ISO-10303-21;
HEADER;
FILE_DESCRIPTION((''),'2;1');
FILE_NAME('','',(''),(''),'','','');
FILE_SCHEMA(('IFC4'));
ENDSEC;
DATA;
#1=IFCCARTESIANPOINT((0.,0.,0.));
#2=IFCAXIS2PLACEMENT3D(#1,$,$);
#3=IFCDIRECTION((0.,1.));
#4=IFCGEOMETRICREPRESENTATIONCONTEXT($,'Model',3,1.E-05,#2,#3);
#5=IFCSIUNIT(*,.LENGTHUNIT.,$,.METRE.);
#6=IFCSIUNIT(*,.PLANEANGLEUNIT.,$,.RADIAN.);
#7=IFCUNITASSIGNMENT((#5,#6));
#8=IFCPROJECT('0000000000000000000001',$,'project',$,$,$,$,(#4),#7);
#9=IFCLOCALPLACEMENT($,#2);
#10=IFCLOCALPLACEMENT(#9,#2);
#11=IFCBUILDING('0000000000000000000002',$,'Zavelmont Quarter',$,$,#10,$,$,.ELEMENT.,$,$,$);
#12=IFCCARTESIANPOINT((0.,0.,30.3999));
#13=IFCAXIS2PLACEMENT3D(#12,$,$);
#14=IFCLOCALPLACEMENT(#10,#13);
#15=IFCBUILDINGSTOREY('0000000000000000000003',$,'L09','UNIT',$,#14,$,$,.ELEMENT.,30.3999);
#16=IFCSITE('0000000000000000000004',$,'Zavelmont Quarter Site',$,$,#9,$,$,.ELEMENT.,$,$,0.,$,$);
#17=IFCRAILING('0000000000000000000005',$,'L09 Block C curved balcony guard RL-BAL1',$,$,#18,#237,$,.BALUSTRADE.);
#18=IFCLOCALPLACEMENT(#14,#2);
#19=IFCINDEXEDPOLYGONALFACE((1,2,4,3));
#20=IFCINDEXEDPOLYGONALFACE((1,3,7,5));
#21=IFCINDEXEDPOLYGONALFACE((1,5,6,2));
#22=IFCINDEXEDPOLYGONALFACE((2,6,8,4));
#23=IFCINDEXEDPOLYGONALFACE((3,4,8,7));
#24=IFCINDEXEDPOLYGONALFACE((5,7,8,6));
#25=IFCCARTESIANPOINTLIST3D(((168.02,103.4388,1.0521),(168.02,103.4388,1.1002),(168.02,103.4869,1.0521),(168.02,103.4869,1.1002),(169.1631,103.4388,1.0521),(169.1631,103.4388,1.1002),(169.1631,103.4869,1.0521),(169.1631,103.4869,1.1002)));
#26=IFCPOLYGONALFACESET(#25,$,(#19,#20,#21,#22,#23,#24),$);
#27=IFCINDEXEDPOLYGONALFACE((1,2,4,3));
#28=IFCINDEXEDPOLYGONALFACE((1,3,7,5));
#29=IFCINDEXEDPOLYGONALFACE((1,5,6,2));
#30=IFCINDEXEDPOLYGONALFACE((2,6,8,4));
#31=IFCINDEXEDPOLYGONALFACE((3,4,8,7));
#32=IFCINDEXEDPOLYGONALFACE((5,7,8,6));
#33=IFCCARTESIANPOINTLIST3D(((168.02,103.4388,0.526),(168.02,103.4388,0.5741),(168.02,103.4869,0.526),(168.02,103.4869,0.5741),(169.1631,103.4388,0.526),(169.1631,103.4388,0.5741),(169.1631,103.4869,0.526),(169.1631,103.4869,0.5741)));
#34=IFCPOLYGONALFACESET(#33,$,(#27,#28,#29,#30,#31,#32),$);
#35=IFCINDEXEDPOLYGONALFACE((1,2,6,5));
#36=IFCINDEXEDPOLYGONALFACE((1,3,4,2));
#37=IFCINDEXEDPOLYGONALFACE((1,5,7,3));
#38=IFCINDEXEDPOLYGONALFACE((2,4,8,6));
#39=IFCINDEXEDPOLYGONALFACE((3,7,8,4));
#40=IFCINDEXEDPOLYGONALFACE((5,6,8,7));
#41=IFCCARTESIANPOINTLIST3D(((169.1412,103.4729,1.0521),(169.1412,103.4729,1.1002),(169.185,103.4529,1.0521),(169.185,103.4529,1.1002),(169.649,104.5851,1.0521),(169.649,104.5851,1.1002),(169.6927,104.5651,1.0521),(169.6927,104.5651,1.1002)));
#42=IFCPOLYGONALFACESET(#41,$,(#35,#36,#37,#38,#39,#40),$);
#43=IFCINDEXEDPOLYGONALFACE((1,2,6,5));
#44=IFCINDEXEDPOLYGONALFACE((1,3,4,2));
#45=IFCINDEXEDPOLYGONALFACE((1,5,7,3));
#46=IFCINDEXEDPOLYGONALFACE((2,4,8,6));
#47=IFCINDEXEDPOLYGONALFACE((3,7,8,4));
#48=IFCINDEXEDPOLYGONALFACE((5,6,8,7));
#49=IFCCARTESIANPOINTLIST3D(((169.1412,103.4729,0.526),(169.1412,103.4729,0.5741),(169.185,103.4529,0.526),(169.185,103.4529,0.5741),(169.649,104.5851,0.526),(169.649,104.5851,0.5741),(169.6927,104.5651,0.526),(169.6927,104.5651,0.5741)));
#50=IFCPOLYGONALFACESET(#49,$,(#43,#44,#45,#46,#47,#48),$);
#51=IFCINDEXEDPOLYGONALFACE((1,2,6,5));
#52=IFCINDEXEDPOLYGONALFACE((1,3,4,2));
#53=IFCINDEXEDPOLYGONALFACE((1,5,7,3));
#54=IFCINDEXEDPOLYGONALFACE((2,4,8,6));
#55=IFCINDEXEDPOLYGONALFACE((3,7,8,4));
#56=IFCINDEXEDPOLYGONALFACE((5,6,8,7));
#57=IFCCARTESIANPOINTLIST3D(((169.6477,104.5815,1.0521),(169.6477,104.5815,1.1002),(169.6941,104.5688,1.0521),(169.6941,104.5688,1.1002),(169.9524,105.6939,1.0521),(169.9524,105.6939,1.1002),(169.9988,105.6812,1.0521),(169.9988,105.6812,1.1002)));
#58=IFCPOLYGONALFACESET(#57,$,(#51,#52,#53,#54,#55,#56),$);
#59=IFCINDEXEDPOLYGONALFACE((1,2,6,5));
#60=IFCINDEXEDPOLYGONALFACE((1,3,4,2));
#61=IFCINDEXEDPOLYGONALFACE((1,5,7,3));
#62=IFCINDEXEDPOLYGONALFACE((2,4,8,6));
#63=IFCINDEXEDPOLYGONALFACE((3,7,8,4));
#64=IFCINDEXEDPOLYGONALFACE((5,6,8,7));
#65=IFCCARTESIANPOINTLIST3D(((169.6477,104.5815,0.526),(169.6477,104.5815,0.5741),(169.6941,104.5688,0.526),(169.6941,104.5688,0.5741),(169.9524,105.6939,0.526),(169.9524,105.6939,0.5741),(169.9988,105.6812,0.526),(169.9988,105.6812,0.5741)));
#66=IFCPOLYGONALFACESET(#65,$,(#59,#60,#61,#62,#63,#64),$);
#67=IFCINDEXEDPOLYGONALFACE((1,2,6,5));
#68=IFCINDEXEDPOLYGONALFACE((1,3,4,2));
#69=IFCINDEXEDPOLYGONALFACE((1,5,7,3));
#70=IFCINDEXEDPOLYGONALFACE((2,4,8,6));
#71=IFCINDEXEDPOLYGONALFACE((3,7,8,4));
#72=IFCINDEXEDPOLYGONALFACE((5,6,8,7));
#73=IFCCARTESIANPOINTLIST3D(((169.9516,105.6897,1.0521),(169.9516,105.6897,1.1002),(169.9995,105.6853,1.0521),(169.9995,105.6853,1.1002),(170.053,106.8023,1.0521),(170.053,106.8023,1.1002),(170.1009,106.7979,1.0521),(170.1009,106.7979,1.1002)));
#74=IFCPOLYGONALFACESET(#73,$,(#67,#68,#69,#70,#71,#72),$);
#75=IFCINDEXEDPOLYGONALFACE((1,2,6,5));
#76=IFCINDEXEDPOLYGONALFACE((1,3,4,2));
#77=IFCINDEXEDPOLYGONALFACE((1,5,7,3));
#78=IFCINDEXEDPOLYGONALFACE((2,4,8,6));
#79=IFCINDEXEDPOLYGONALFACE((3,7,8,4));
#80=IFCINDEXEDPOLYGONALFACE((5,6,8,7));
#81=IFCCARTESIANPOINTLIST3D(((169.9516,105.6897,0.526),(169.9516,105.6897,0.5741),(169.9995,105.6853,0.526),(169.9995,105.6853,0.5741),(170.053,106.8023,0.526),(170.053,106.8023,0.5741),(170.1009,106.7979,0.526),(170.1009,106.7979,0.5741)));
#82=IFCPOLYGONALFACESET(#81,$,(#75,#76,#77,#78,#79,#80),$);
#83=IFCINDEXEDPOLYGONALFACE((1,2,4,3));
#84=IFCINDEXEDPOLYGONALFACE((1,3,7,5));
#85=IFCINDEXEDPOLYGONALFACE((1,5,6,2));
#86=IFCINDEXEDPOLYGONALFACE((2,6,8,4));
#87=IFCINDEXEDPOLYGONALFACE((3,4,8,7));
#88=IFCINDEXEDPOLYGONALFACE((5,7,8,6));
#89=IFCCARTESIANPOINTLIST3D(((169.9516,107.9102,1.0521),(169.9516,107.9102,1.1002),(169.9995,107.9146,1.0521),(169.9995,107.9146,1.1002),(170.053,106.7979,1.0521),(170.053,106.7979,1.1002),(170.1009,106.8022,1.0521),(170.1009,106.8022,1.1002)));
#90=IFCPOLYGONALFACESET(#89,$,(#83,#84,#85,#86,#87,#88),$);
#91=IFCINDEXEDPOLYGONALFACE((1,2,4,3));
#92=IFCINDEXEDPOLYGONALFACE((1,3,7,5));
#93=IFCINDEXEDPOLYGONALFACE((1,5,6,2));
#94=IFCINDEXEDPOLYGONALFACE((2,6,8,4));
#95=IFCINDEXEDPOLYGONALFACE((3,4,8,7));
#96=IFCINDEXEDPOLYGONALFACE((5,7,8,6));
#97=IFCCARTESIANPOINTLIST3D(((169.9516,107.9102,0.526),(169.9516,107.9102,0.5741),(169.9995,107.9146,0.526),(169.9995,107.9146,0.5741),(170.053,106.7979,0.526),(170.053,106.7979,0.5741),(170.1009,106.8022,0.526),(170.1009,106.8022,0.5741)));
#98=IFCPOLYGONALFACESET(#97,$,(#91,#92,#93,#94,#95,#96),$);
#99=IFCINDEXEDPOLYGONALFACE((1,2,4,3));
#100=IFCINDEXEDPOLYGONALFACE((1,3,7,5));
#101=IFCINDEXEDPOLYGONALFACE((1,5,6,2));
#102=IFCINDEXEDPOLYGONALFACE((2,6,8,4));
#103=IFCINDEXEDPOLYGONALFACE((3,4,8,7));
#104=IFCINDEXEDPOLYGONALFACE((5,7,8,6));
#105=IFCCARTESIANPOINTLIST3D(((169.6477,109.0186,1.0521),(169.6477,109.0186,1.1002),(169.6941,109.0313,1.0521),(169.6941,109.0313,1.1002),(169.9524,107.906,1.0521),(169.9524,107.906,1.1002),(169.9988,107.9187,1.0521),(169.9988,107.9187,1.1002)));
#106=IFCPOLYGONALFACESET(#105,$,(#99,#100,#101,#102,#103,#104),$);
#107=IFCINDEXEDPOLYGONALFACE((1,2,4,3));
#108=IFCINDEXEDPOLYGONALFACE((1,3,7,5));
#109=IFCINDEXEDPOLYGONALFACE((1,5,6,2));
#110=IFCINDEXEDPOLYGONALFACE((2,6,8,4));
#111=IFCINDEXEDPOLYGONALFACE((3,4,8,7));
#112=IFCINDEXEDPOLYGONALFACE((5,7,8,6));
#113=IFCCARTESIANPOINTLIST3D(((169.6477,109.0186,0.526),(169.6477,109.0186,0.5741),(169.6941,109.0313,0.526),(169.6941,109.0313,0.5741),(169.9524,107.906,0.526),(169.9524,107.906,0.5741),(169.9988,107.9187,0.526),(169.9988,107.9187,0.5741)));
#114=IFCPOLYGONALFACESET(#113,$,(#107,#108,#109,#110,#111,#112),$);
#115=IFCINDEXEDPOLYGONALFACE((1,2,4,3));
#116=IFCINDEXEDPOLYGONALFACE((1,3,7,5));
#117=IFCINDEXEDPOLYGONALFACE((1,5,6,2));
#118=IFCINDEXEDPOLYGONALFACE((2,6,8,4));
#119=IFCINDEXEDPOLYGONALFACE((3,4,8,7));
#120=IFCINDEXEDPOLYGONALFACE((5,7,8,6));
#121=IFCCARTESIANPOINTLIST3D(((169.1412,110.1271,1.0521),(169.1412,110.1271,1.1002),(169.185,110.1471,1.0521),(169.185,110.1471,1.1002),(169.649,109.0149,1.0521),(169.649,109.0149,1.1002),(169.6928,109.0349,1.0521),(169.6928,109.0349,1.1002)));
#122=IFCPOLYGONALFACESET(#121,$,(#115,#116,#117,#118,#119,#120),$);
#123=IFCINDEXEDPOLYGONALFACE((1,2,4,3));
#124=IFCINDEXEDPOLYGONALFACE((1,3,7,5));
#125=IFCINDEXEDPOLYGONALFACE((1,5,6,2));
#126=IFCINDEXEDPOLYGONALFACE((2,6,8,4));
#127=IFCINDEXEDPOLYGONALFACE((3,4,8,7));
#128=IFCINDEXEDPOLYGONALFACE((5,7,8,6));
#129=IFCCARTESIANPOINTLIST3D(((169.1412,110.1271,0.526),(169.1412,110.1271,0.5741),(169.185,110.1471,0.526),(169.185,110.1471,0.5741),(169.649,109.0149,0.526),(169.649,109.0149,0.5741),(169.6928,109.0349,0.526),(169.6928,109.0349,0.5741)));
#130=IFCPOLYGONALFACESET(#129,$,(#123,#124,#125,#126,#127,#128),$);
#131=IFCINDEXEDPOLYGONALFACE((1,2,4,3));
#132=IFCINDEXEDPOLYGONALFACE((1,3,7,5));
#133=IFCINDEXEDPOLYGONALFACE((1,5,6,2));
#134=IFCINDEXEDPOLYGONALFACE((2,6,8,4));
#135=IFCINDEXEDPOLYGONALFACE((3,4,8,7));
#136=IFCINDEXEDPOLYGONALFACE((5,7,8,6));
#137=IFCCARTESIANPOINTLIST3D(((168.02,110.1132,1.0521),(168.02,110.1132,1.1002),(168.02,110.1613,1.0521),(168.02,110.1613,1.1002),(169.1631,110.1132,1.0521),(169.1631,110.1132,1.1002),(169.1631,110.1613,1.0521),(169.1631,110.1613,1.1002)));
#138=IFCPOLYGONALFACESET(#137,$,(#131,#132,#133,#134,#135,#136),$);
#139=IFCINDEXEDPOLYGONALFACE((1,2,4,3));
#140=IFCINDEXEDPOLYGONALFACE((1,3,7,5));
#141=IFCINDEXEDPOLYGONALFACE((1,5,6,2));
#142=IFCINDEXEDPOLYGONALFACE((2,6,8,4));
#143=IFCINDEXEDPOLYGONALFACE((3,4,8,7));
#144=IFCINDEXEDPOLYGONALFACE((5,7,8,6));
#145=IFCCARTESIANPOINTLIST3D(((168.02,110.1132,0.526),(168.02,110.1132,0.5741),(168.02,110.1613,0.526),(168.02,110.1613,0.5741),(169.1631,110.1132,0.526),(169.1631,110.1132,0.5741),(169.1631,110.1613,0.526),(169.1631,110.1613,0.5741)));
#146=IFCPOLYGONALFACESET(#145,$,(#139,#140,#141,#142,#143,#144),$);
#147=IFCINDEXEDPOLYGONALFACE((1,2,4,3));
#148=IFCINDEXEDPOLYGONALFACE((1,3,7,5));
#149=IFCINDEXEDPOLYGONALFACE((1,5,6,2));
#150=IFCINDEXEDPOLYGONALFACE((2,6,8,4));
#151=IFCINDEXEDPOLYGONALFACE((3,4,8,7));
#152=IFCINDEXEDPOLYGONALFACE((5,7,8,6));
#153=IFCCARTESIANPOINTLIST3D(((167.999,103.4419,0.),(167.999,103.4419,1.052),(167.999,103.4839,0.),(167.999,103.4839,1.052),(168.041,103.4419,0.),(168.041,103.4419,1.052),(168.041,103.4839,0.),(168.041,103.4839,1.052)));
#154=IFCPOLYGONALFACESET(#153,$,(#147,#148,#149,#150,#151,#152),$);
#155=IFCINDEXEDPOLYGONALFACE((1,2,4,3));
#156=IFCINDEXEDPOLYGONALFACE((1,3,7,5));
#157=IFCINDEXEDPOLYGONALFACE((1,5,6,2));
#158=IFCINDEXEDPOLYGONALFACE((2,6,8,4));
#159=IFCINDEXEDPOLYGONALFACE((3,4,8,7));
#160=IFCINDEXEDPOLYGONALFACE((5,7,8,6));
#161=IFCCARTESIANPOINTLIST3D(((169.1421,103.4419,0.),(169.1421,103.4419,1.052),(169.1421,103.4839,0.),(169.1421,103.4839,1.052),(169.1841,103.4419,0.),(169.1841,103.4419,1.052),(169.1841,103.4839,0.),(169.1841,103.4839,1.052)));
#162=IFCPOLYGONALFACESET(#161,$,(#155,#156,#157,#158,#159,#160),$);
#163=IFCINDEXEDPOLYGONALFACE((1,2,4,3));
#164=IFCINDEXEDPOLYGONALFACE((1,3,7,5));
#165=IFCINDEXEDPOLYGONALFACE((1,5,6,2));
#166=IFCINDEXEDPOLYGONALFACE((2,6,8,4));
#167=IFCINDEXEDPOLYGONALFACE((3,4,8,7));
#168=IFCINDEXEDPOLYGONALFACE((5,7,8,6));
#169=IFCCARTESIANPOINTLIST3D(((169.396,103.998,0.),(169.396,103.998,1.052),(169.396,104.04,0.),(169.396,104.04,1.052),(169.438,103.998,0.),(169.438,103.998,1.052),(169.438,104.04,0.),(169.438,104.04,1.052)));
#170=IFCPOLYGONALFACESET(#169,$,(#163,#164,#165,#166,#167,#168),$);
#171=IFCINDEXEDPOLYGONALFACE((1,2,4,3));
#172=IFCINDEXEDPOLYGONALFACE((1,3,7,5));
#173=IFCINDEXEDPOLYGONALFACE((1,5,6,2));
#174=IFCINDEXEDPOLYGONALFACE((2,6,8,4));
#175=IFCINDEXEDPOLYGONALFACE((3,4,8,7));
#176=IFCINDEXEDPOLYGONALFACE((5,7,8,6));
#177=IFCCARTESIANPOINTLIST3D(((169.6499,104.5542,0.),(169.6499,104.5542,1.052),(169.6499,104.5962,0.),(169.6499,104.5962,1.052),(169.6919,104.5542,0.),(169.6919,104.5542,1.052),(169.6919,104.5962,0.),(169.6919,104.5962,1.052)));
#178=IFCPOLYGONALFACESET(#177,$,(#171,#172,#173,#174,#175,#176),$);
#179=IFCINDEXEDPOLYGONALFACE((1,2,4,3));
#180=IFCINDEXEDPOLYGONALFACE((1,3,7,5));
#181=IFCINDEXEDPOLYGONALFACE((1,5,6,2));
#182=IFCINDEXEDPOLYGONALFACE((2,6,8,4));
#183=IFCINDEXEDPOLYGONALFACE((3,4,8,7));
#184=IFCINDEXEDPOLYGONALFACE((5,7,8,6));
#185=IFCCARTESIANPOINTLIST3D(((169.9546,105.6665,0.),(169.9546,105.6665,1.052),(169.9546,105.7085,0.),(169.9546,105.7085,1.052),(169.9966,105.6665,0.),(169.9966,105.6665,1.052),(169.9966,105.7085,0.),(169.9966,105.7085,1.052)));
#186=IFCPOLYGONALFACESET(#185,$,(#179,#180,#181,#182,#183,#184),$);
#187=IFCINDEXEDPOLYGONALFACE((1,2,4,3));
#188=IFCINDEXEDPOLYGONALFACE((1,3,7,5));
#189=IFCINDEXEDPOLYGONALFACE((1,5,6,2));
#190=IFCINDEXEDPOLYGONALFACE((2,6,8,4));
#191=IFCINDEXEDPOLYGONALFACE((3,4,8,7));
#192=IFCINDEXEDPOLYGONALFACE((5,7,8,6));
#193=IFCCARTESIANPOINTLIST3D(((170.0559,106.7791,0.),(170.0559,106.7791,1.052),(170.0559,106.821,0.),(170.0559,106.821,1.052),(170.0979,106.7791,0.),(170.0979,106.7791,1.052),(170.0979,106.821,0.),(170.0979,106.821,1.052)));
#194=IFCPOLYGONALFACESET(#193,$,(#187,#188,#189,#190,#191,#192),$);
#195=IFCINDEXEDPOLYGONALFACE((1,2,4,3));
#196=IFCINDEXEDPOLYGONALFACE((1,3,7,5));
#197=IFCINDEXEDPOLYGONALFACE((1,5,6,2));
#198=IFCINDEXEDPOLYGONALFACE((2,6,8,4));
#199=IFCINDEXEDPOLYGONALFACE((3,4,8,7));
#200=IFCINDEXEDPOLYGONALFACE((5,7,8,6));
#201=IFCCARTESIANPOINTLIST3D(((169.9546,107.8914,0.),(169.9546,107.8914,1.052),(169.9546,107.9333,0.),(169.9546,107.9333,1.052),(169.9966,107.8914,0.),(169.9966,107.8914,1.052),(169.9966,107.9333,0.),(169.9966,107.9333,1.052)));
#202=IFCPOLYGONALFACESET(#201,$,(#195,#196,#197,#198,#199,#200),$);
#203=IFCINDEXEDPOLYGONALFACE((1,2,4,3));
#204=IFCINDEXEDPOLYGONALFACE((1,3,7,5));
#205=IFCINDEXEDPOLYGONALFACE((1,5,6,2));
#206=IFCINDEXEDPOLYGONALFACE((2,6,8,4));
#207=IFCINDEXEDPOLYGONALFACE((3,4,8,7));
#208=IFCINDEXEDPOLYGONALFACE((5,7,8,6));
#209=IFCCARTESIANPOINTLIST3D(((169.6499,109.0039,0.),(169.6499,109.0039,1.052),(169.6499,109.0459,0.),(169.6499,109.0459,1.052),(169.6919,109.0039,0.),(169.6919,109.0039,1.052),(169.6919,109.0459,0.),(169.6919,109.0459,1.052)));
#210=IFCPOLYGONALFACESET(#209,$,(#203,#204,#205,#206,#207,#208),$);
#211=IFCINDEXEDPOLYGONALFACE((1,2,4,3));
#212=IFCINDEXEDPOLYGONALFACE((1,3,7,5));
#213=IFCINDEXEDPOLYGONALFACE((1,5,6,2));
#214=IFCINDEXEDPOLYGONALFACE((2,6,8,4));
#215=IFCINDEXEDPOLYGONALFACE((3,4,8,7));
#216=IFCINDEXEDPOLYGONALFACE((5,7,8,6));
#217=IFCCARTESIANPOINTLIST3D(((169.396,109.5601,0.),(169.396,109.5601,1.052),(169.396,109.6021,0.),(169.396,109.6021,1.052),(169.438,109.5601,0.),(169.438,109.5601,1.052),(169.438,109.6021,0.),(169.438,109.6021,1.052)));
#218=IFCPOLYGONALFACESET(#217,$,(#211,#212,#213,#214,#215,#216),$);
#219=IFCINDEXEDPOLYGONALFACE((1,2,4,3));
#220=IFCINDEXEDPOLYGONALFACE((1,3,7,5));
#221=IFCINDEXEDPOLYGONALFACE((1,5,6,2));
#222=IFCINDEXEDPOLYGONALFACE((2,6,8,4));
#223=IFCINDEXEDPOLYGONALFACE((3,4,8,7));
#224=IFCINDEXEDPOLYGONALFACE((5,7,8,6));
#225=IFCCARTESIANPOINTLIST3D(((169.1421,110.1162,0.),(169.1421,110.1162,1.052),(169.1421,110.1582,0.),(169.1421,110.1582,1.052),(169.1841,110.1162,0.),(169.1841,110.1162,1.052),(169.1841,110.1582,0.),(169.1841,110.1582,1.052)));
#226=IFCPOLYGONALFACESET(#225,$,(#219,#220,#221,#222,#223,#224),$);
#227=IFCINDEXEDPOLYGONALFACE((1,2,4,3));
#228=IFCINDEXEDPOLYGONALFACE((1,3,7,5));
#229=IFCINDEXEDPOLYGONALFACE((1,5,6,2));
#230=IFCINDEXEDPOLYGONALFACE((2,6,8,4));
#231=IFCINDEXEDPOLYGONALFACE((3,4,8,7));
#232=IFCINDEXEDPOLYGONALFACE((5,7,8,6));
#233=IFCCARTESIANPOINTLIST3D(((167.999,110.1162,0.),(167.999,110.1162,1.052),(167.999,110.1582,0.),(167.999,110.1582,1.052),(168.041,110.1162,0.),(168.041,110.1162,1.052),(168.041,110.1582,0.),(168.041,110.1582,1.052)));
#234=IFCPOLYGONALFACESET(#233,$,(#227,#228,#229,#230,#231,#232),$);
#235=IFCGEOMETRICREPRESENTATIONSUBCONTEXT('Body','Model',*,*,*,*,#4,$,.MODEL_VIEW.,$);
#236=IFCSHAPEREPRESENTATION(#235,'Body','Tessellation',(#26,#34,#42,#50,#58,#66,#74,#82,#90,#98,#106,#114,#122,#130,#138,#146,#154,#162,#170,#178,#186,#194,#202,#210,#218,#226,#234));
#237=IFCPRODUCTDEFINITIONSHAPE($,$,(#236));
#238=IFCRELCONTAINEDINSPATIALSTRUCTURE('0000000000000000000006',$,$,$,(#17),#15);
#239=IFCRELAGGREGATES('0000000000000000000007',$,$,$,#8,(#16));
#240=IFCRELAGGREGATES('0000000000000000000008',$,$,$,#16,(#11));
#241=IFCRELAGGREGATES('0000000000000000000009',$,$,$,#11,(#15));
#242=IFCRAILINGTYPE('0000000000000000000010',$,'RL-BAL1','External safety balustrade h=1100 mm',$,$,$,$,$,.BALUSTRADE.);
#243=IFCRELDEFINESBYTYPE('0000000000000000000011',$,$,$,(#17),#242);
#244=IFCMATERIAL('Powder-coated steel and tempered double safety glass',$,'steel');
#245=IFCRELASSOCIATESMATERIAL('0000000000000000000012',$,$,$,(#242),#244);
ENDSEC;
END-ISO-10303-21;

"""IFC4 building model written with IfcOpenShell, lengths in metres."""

from ifc_helpers import new_model, si_unit, direction, frame, origin, origin_2d, place, context, subcontext, project, spatial, rectangle, extrude, material, type_object, element, save


model = new_model("IFC4")

# Units and contexts
model_context = context("Model", 3, precision=1e-05, world=origin(), true_north=direction((0.0, 1.0)))
body_context = subcontext(model_context, "Body", "Model", "MODEL_VIEW")
ifc_project = project(units=[si_unit("LENGTHUNIT", "METRE"), si_unit("PLANEANGLEUNIT", "RADIAN")], contexts=[model_context])

# Site, building, storey
site_placement = place(None, origin())
site = spatial("IfcSite", under=ifc_project, at=site_placement, Name="Zavelmont Quarter Site", CompositionType="ELEMENT", RefElevation=0.0)
building_placement = place(site_placement, origin())
building = spatial("IfcBuilding", under=site, at=building_placement, Name="Zavelmont Quarter", CompositionType="ELEMENT")
storey_placement = place(building_placement, frame((0.0, 0.0, 30.3999)))
storey = spatial("IfcBuildingStorey", under=building, at=storey_placement, Name="L09", Description="UNIT", CompositionType="ELEMENT", Elevation=30.3999)

# Railing
ifc_material_1 = material(Name="Powder-coated steel and tempered double safety glass", Category="steel")
railing_type = type_object("IfcRailingType", Name="RL-BAL1", Description="External safety balustrade h=1100 mm", PredefinedType="BALUSTRADE", material=ifc_material_1)
railing_placement = place(storey_placement, frame((168.02, 103.4629, 0.0)))
element("IfcRailing", 1, at=railing_placement, inside=storey, type_object=railing_type, Name="L09 Block C curved balcony guard RL-BAL1", PredefinedType="BALUSTRADE", context=body_context, shape_type="SweptSolid", body=[
    extrude(rectangle(XDim=0.0481, YDim=0.0481, at=origin_2d()), frame((0.0, 0.0, 1.0762), z_axis=(1.0, 0.0, 0.0), x_axis=(0.0, 1.0, 0.0)), (0.0, 0.0, 1.0), 1.1431),
    extrude(rectangle(XDim=0.0481, YDim=0.0481, at=origin_2d()), frame((0.0, 0.0, 0.55), z_axis=(1.0, 0.0, 0.0), x_axis=(0.0, 1.0, 0.0)), (0.0, 0.0, 1.0), 1.1431),
    extrude(rectangle(XDim=0.0481, YDim=0.0481, at=origin_2d()), frame((1.1431, 0.0, 1.0762), z_axis=(0.415307, 0.909681, 0.0), x_axis=(-0.909681, 0.415307, 0.0)), (0.0, 0.0, 1.0), 1.2227),
    extrude(rectangle(XDim=0.0481, YDim=0.0481, at=origin_2d()), frame((1.1431, 0.0, 0.55), z_axis=(0.415307, 0.909681, 0.0), x_axis=(-0.909681, 0.415307, 0.0)), (0.0, 0.0, 1.0), 1.2227),
    extrude(rectangle(XDim=0.0481, YDim=0.0481, at=origin_2d()), frame((1.6509, 1.1123, 1.0762), z_axis=(0.264192, 0.96447, 0.0), x_axis=(-0.96447, 0.264192, 0.0)), (0.0, 0.0, 1.0), 1.1533),
    extrude(rectangle(XDim=0.0481, YDim=0.0481, at=origin_2d()), frame((1.6509, 1.1123, 0.55), z_axis=(0.264192, 0.96447, 0.0), x_axis=(-0.96447, 0.264192, 0.0)), (0.0, 0.0, 1.0), 1.1533),
    extrude(rectangle(XDim=0.0481, YDim=0.0481, at=origin_2d()), frame((1.9556, 2.2246, 1.0762), z_axis=(0.090693, 0.995879, 0.0), x_axis=(-0.995879, 0.090693, 0.0)), (0.0, 0.0, 1.0), 1.1172),
    extrude(rectangle(XDim=0.0481, YDim=0.0481, at=origin_2d()), frame((1.9556, 2.2246, 0.55), z_axis=(0.090693, 0.995879, 0.0), x_axis=(-0.995879, 0.090693, 0.0)), (0.0, 0.0, 1.0), 1.1172),
    extrude(rectangle(XDim=0.0481, YDim=0.0481, at=origin_2d()), frame((2.0569, 3.3372, 1.0762), z_axis=(-0.090713, 0.995877, 0.0), x_axis=(-0.995877, -0.090713, 0.0)), (0.0, 0.0, 1.0), 1.1169),
    extrude(rectangle(XDim=0.0481, YDim=0.0481, at=origin_2d()), frame((2.0569, 3.3372, 0.55), z_axis=(-0.090713, 0.995877, 0.0), x_axis=(-0.995877, -0.090713, 0.0)), (0.0, 0.0, 1.0), 1.1169),
    extrude(rectangle(XDim=0.0481, YDim=0.0481, at=origin_2d()), frame((1.9556, 4.4495, 1.0762), z_axis=(-0.264138, 0.964485, 0.0), x_axis=(-0.964485, -0.264138, 0.0)), (0.0, 0.0, 1.0), 1.1536),
    extrude(rectangle(XDim=0.0481, YDim=0.0481, at=origin_2d()), frame((1.9556, 4.4495, 0.55), z_axis=(-0.264138, 0.964485, 0.0), x_axis=(-0.964485, -0.264138, 0.0)), (0.0, 0.0, 1.0), 1.1536),
    extrude(rectangle(XDim=0.0481, YDim=0.0481, at=origin_2d()), frame((1.6509, 5.562, 1.0762), z_axis=(-0.415307, 0.909681, 0.0), x_axis=(-0.909681, -0.415307, 0.0)), (0.0, 0.0, 1.0), 1.2227),
    extrude(rectangle(XDim=0.0481, YDim=0.0481, at=origin_2d()), frame((1.6509, 5.562, 0.55), z_axis=(-0.415307, 0.909681, 0.0), x_axis=(-0.909681, -0.415307, 0.0)), (0.0, 0.0, 1.0), 1.2227),
    extrude(rectangle(XDim=0.0481, YDim=0.0481, at=origin_2d()), frame((1.1431, 6.6743, 1.0762), z_axis=(-1.0, 0.0, 0.0), x_axis=(0.0, -1.0, 0.0)), (0.0, 0.0, 1.0), 1.1431),
    extrude(rectangle(XDim=0.0481, YDim=0.0481, at=origin_2d()), frame((1.1431, 6.6743, 0.55), z_axis=(-1.0, 0.0, 0.0), x_axis=(0.0, -1.0, 0.0)), (0.0, 0.0, 1.0), 1.1431),
    extrude(rectangle(XDim=0.042, YDim=0.042, at=origin_2d()), origin(), (0.0, 0.0, 1.0), 1.052),
    extrude(rectangle(XDim=0.042, YDim=0.042, at=origin_2d()), frame((1.1431, 0.0, 0.0)), (0.0, 0.0, 1.0), 1.052),
    extrude(rectangle(XDim=0.042, YDim=0.042, at=origin_2d()), frame((1.397, 0.5562, 0.0)), (0.0, 0.0, 1.0), 1.052),
    extrude(rectangle(XDim=0.042, YDim=0.042, at=origin_2d()), frame((1.6509, 1.1123, 0.0)), (0.0, 0.0, 1.0), 1.052),
    extrude(rectangle(XDim=0.042, YDim=0.042, at=origin_2d()), frame((1.9556, 2.2246, 0.0)), (0.0, 0.0, 1.0), 1.052),
    extrude(rectangle(XDim=0.042, YDim=0.042, at=origin_2d()), frame((2.0569, 3.3372, 0.0)), (0.0, 0.0, 1.0), 1.052),
    extrude(rectangle(XDim=0.042, YDim=0.042, at=origin_2d()), frame((1.9556, 4.4495, 0.0)), (0.0, 0.0, 1.0), 1.052),
    extrude(rectangle(XDim=0.042, YDim=0.042, at=origin_2d()), frame((1.6509, 5.562, 0.0)), (0.0, 0.0, 1.0), 1.052),
    extrude(rectangle(XDim=0.042, YDim=0.042, at=origin_2d()), frame((1.397, 6.1182, 0.0)), (0.0, 0.0, 1.0), 1.052),
    extrude(rectangle(XDim=0.042, YDim=0.042, at=origin_2d()), frame((1.1431, 6.6743, 0.0)), (0.0, 0.0, 1.0), 1.052),
    extrude(rectangle(XDim=0.042, YDim=0.042, at=origin_2d()), frame((0.0, 6.6743, 0.0)), (0.0, 0.0, 1.0), 1.052),
])

save(model, "model.ifc")
